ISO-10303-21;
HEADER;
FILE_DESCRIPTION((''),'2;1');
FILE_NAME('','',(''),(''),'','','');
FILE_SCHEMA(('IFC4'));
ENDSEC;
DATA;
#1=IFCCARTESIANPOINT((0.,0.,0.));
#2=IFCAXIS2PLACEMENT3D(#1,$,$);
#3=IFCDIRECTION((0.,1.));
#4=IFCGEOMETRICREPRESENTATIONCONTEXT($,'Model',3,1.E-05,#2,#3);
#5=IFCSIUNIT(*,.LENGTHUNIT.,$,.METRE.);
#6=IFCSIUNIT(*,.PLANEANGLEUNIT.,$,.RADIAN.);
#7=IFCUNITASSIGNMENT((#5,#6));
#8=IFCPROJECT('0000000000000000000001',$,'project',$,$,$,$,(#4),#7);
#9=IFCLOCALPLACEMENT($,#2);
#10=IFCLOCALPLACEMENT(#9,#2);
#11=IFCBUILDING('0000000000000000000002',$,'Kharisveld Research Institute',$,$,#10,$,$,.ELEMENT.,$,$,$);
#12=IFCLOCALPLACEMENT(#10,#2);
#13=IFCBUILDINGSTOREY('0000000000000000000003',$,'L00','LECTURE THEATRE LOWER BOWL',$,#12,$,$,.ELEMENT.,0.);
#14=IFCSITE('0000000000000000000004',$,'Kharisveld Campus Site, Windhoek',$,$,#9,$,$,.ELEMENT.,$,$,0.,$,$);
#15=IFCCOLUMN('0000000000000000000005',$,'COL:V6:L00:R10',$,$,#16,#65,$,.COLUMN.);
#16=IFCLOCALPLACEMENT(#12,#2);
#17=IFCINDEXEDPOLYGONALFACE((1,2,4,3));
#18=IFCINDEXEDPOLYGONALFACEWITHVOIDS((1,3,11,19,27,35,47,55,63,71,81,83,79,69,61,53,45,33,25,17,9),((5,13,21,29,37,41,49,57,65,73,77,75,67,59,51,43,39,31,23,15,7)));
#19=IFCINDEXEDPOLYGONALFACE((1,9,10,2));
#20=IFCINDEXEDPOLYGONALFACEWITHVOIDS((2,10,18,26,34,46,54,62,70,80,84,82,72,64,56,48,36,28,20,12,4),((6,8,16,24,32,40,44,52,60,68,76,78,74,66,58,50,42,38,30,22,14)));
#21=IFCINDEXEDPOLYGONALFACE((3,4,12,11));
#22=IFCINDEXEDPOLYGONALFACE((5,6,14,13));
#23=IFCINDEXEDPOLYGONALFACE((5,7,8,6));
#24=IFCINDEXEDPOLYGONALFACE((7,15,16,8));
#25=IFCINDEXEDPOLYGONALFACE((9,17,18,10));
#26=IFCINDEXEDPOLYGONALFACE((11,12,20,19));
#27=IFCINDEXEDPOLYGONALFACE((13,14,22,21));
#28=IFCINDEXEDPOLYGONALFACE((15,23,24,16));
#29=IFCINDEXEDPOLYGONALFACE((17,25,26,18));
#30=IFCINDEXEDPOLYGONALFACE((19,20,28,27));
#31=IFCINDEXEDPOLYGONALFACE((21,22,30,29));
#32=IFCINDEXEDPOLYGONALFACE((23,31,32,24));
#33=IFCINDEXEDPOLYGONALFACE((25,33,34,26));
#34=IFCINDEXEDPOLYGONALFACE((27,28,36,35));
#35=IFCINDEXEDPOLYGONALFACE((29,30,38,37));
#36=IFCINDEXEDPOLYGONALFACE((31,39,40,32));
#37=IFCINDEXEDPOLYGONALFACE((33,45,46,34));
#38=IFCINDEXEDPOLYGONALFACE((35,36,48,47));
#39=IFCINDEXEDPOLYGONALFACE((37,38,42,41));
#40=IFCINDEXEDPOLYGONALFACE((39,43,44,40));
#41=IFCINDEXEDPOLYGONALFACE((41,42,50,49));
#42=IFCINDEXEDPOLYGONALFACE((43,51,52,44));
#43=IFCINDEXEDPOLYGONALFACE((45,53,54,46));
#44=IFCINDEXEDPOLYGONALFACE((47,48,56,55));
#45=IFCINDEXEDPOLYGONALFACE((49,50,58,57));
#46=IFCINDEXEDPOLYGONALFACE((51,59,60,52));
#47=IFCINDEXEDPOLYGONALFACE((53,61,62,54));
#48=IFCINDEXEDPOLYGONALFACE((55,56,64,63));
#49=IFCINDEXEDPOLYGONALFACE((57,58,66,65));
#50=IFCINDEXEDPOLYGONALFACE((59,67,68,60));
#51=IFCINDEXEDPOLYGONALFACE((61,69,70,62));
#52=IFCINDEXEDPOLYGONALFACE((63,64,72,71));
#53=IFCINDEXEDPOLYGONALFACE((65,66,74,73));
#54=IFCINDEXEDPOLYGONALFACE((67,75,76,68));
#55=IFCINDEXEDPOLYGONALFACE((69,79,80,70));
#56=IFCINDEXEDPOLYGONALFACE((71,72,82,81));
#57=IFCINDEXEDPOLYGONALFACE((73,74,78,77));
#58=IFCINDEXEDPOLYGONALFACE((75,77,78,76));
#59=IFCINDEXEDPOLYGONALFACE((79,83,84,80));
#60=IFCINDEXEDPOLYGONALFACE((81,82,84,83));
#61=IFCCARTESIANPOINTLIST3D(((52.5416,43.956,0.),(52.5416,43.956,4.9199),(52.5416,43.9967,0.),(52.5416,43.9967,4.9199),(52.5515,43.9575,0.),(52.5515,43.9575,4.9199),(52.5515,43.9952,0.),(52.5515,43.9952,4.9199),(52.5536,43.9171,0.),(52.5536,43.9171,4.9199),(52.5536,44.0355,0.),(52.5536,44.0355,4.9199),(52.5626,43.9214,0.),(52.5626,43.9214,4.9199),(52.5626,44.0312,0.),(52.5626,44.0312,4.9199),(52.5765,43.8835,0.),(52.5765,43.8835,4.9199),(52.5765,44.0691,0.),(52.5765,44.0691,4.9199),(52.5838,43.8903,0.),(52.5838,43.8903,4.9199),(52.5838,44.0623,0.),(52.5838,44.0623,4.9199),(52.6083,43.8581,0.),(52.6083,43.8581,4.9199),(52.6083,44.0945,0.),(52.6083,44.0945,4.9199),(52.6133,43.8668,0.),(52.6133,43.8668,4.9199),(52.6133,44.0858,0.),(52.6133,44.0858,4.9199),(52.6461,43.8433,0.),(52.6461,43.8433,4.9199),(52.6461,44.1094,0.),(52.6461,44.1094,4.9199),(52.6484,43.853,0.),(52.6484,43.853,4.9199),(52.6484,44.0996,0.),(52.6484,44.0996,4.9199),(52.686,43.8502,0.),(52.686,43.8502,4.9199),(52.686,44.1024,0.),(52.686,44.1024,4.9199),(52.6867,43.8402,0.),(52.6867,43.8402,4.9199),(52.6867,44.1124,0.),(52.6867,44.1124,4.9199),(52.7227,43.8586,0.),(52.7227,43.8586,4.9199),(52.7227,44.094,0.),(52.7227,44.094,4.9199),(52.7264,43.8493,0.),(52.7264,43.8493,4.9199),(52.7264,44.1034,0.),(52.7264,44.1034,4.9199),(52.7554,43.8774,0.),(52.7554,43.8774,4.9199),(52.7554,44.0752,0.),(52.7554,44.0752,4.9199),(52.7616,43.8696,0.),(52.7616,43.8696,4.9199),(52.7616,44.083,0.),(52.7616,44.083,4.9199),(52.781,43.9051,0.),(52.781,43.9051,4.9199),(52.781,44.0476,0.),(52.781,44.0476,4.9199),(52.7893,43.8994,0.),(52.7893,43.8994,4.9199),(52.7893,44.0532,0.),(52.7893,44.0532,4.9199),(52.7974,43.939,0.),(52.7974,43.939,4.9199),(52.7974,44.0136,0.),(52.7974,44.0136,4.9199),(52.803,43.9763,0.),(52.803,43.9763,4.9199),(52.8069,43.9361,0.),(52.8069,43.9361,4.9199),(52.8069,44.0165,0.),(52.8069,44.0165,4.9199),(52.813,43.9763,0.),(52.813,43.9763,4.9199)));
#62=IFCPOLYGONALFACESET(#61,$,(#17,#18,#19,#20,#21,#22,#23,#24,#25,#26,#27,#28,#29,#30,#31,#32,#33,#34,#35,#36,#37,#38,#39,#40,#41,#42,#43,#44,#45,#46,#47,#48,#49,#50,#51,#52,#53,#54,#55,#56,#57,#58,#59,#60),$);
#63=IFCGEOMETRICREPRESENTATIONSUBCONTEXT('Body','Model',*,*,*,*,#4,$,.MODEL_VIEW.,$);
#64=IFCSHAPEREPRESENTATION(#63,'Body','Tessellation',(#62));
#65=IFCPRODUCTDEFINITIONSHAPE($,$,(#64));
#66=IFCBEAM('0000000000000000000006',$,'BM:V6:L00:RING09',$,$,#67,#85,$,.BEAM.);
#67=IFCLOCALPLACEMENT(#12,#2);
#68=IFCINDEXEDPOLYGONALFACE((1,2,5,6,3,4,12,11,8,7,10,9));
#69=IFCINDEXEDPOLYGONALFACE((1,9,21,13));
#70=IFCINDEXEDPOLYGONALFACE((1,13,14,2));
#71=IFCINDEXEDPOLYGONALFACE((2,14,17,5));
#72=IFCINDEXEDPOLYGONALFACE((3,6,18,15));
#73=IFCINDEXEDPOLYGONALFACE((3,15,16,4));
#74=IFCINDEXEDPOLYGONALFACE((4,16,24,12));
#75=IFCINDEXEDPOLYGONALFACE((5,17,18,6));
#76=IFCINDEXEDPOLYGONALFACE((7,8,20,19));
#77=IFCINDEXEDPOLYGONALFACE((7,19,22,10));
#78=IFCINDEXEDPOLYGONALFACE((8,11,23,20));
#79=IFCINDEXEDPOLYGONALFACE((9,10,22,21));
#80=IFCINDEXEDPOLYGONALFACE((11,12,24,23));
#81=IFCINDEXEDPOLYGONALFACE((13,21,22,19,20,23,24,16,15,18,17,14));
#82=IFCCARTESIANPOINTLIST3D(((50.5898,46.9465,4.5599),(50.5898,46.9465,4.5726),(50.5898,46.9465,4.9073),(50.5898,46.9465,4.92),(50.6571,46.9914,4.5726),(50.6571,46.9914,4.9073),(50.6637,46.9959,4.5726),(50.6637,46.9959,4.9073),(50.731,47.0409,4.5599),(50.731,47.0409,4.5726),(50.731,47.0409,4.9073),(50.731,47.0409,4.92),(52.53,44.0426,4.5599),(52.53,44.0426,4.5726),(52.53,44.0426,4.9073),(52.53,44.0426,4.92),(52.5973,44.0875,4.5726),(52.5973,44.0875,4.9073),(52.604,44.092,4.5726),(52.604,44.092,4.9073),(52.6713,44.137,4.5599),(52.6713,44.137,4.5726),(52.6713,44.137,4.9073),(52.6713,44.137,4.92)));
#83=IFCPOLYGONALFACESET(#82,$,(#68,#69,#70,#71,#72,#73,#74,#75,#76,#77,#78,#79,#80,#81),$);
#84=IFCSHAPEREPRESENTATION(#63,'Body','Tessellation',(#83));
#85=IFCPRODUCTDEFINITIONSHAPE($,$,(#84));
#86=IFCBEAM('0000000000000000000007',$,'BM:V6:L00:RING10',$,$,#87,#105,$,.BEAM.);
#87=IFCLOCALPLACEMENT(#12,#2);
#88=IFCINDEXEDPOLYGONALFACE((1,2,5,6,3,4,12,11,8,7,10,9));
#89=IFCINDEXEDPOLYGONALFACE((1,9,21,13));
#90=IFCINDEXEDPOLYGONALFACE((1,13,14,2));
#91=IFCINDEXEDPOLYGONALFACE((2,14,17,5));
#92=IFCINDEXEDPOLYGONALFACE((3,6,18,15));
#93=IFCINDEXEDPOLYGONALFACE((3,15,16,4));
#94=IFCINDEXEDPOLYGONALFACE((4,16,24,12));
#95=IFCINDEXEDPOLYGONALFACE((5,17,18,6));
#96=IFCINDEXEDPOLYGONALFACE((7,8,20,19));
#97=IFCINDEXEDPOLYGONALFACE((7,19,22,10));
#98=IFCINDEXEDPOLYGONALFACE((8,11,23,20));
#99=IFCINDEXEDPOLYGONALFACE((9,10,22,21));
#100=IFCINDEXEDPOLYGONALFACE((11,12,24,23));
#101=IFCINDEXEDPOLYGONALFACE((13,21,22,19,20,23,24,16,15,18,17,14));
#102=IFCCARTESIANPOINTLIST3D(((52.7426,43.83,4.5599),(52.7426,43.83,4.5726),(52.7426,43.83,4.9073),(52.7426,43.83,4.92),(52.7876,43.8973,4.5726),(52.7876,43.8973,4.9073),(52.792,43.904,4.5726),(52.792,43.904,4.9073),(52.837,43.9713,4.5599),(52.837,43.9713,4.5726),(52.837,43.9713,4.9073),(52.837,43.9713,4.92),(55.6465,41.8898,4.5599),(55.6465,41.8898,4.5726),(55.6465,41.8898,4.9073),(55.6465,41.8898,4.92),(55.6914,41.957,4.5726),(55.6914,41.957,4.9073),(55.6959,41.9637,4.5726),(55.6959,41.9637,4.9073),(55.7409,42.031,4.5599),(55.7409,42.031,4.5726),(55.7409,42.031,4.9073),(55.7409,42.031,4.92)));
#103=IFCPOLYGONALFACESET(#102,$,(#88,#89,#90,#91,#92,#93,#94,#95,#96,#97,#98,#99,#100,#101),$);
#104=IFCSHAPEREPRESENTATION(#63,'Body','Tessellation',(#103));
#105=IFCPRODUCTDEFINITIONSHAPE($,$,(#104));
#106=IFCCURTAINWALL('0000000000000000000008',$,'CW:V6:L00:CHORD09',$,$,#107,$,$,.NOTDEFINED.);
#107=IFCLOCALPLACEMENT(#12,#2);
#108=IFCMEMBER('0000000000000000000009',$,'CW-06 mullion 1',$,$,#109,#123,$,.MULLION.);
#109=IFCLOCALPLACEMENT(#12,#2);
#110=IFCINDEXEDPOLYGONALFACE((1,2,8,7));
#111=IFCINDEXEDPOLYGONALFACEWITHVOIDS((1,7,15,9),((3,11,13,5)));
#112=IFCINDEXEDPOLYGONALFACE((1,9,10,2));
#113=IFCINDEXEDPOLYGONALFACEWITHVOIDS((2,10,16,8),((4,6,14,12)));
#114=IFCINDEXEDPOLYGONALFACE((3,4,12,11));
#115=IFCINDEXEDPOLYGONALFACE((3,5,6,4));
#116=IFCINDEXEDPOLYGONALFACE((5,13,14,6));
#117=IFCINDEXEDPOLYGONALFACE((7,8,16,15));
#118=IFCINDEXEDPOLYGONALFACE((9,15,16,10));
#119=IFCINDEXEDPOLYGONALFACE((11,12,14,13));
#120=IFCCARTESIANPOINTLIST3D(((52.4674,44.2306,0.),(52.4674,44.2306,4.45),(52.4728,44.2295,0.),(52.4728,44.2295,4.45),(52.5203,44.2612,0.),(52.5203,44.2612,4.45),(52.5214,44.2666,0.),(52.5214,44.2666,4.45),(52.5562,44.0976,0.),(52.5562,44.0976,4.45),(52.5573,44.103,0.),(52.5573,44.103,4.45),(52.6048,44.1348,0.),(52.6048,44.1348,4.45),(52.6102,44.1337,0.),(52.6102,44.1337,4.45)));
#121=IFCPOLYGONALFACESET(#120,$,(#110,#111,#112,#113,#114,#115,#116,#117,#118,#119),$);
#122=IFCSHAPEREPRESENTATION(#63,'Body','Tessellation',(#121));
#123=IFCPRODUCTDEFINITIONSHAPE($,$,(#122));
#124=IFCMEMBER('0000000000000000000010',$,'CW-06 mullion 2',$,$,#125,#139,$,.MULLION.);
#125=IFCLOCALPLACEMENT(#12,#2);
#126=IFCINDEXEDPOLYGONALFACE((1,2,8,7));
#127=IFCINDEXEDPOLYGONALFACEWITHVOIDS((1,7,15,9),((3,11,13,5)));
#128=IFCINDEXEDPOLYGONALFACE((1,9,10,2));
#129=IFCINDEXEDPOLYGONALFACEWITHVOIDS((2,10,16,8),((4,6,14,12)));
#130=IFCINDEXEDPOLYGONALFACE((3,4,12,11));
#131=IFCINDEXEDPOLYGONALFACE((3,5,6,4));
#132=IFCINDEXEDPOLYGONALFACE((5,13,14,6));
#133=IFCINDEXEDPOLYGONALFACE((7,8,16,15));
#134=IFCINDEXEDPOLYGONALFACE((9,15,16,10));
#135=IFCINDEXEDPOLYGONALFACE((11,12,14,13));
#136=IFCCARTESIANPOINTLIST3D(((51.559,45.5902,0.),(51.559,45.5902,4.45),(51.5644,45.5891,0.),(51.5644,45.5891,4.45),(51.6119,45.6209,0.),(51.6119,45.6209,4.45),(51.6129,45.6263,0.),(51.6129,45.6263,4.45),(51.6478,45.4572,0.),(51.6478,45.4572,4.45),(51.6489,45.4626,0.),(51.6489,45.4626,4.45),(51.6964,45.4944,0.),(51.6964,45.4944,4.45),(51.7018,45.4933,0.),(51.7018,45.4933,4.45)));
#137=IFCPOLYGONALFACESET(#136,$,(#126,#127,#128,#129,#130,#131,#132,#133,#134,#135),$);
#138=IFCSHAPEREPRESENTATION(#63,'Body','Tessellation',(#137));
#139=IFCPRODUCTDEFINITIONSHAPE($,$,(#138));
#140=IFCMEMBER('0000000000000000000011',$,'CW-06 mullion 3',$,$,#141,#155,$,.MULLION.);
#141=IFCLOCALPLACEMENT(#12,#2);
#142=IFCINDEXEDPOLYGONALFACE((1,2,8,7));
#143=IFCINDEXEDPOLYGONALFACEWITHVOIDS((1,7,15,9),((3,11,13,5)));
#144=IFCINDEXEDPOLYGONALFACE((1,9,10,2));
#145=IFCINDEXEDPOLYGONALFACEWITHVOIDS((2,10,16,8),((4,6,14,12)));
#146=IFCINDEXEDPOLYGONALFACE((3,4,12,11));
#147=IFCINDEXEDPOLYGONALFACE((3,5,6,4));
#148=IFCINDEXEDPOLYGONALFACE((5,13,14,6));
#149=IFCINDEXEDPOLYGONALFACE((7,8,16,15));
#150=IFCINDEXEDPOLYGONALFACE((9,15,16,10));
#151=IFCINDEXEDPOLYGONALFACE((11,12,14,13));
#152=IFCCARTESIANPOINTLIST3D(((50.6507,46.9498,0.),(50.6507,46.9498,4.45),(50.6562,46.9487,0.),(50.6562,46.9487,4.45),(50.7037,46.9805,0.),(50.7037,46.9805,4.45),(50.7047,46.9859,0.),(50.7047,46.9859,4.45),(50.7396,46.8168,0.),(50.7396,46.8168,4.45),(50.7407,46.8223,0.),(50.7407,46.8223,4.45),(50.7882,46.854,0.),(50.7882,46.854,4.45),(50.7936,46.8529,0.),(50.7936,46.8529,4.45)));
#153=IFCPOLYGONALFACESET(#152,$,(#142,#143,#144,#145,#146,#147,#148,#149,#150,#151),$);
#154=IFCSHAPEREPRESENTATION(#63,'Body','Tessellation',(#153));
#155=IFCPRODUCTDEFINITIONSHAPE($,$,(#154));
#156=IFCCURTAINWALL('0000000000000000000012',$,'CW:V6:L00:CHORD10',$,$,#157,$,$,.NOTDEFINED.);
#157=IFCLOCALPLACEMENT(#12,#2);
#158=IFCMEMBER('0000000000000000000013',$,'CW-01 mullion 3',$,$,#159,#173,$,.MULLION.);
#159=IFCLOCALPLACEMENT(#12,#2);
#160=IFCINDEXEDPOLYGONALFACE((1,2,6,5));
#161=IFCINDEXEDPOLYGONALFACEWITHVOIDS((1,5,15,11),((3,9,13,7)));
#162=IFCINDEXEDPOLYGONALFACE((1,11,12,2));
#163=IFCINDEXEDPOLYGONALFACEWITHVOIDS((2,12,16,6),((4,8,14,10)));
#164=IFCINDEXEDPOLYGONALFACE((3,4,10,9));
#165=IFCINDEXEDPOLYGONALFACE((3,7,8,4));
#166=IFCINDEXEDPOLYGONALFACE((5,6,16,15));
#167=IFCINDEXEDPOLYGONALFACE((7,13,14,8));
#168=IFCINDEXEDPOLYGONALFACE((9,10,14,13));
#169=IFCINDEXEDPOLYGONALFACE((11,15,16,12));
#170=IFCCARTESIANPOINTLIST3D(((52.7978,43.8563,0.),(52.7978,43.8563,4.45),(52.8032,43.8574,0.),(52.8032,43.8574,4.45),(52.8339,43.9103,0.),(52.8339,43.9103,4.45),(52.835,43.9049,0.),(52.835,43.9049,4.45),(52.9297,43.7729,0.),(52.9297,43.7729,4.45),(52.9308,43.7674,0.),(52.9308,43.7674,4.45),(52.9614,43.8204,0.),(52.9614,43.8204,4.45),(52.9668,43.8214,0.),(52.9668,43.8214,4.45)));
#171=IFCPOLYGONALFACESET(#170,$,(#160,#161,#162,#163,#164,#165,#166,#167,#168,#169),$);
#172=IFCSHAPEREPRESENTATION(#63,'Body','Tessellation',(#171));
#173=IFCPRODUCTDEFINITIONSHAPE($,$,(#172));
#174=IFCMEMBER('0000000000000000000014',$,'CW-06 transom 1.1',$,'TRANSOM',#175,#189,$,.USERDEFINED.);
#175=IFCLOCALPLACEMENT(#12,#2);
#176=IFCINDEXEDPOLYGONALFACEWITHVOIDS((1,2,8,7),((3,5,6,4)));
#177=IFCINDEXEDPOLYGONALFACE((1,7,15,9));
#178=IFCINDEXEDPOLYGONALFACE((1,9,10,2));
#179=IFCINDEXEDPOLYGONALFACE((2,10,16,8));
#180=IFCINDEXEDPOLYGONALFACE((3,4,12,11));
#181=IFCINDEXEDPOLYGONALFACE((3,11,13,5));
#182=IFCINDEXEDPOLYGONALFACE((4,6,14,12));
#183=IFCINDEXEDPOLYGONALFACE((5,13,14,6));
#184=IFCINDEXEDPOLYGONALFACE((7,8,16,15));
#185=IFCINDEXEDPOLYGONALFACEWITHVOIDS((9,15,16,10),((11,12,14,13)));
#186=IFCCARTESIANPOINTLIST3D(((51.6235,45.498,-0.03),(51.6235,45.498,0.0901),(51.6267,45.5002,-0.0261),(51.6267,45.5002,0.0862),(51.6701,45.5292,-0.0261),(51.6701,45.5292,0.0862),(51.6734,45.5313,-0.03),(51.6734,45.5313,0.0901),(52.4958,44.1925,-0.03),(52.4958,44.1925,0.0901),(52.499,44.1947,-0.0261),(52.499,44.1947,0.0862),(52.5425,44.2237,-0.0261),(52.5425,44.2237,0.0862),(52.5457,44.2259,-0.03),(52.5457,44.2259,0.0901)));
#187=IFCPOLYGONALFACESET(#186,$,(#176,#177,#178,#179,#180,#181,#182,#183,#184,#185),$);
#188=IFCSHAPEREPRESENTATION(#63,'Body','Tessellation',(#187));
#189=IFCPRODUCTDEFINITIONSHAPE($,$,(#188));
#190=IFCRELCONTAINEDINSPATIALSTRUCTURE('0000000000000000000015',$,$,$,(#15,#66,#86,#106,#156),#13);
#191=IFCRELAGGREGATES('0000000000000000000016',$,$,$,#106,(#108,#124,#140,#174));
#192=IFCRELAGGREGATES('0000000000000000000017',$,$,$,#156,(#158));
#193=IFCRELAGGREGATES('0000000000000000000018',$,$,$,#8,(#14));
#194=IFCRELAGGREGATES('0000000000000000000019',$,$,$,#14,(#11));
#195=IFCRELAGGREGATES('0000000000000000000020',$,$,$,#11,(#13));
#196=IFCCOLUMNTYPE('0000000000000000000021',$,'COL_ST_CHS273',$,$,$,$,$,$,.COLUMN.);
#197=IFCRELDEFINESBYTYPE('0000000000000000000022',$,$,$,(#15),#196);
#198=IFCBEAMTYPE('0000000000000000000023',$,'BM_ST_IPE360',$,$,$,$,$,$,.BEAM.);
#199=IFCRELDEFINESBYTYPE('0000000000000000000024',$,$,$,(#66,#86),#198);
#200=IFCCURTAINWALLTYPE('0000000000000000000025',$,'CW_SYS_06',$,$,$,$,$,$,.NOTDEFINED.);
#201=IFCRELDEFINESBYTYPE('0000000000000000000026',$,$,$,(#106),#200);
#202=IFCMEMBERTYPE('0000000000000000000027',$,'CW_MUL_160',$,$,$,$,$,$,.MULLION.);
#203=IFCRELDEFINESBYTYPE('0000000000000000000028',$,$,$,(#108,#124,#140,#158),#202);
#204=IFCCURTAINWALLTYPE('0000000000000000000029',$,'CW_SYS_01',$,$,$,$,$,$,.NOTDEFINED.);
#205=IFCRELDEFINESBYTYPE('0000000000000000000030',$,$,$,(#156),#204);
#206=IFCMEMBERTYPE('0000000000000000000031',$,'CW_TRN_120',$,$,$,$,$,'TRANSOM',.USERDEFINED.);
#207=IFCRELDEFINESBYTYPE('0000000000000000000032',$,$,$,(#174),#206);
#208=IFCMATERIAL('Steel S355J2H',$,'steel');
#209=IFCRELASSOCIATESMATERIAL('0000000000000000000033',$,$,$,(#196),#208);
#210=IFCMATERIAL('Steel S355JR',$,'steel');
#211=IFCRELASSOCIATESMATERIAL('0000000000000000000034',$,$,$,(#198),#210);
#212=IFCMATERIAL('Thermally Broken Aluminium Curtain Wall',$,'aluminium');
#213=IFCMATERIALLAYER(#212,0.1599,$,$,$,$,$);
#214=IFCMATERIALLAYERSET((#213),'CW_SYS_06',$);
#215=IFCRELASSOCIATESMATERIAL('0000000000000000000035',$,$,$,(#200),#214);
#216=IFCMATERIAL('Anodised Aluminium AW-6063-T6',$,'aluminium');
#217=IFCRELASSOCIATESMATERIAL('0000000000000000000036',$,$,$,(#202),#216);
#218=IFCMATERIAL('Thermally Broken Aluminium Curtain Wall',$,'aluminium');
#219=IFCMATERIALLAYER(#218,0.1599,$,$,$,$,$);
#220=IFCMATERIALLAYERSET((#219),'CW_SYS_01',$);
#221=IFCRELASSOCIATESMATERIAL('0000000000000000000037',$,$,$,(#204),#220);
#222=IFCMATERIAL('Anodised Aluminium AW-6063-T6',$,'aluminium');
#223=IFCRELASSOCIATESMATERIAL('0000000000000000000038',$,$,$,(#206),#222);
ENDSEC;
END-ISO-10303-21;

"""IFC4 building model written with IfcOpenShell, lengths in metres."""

from ifc_helpers import new_model, si_unit, direction, frame, origin, origin_2d, place, context, subcontext, project, spatial, hollow_rectangle, hollow_circle, i_section, extrude, material, layer, layer_set, material_profile, profile_set, type_object, element, aggregate, save


model = new_model("IFC4")

# Units and contexts
model_context = context("Model", 3, precision=1e-05, world=origin(), true_north=direction((0.0, 1.0)))
body_context = subcontext(model_context, "Body", "Model", "MODEL_VIEW")
ifc_project = project(units=[si_unit("LENGTHUNIT", "METRE"), si_unit("PLANEANGLEUNIT", "RADIAN")], contexts=[model_context])

# Site, building, storey
site_placement = place(None, origin())
site = spatial("IfcSite", under=ifc_project, at=site_placement, Name="Kharisveld Campus Site, Windhoek", CompositionType="ELEMENT", RefElevation=0.0)
building_placement = place(site_placement, origin())
building = spatial("IfcBuilding", under=site, at=building_placement, Name="Kharisveld Research Institute", CompositionType="ELEMENT")
storey_placement = place(building_placement, origin())
storey = spatial("IfcBuildingStorey", under=building, at=storey_placement, Name="L00", Description="LECTURE THEATRE LOWER BOWL", CompositionType="ELEMENT", Elevation=0.0)

# Column
ifc_material_1 = material(Name="Steel S355J2H", Category="steel")
ifc_material_profile_1 = material_profile(ifc_material_1, hollow_circle(Radius=0.1365, WallThickness=0.01, at=origin_2d()))
ifc_profile_set_1 = profile_set([ifc_material_profile_1], Name="Steel S355J2H")
column_type = type_object("IfcColumnType", Name="COL_ST_CHS273", PredefinedType="COLUMN", material=ifc_profile_set_1)
column_placement = place(storey_placement, frame((52.6765, 43.9763, 0.0), z_axis=(0.0, 0.0, 1.0), x_axis=(1.0, 0.0, 0.0)))
element("IfcColumn", 1, at=column_placement, inside=storey, type_object=column_type, Name="COL:V6:L00:R10", PredefinedType="COLUMN", context=body_context, shape_type="SweptSolid", body=[
    extrude(hollow_circle(Radius=0.1365, WallThickness=0.01, at=origin_2d()), origin(), (0.0, 0.0, 1.0), 4.9199),
])

# Beams
ifc_material_2 = material(Name="Steel S355JR", Category="steel")
ifc_material_profile_2 = material_profile(ifc_material_2, i_section(OverallWidth=0.1699, OverallDepth=0.3601, WebThickness=0.0081, FlangeThickness=0.0127, at=origin_2d()))
ifc_profile_set_2 = profile_set([ifc_material_profile_2], Name="Steel S355JR")
beam_type = type_object("IfcBeamType", Name="BM_ST_IPE360", PredefinedType="BEAM", material=ifc_profile_set_2)
for number, where, z_axis, x_axis, name in (
    (2, (50.6604, 46.9937, 4.74), (0.555555, -0.83148, 0.0), (0.83148, 0.555555, 0.0), "BM:V6:L00:RING09"),
    (3, (52.7898, 43.9006, 4.74), (0.83148, -0.555555, 0.0), (0.555555, 0.83148, 0.0), "BM:V6:L00:RING10"),
):
    element("IfcBeam", number, at=place(storey_placement, frame(where, z_axis=z_axis, x_axis=x_axis)), inside=storey, type_object=beam_type, Name=name, PredefinedType="BEAM", context=body_context, shape_type="SweptSolid", body=[
        extrude(i_section(OverallWidth=0.1699, OverallDepth=0.3601, WebThickness=0.0081, FlangeThickness=0.0127, at=origin_2d()), origin(), (0.0, 0.0, 1.0), 3.4924),
    ])

# Curtain wall, members
ifc_material_3 = material(Name="Thermally Broken Aluminium Curtain Wall", Category="aluminium")
ifc_layer_1 = layer(ifc_material_3, 0.1599)
ifc_layer_set_1 = layer_set([ifc_layer_1], Name="CW_SYS_06")
curtain_wall_type_1 = type_object("IfcCurtainWallType", Name="CW_SYS_06", PredefinedType="NOTDEFINED", material=ifc_layer_set_1)
curtain_wall_1_placement = place(storey_placement, origin())
curtain_wall_1 = element("IfcCurtainWall", 4, at=curtain_wall_1_placement, inside=storey, type_object=curtain_wall_type_1, Name="CW:V6:L00:CHORD09", PredefinedType="NOTDEFINED")
ifc_material_4 = material(Name="Anodised Aluminium AW-6063-T6", Category="aluminium")
ifc_material_profile_3 = material_profile(ifc_material_4, hollow_rectangle(XDim=0.0649, YDim=0.1599, WallThickness=0.0039, at=origin_2d()))
ifc_profile_set_3 = profile_set([ifc_material_profile_3], Name="Anodised Aluminium AW-6063-T6")
member_type_1 = type_object("IfcMemberType", Name="CW_MUL_160", PredefinedType="MULLION", material=ifc_profile_set_3)
member_1_placement = place(storey_placement, frame((52.5388, 44.1821, 0.0), z_axis=(0.0, 0.0, 1.0), x_axis=(-0.83147, -0.55557, 0.0)))
member_1 = element("IfcMember", 5, at=member_1_placement, type_object=member_type_1, Name="CW-06 mullion 1", PredefinedType="MULLION", context=body_context, shape_type="SweptSolid", body=[
    extrude(hollow_rectangle(XDim=0.0649, YDim=0.1599, WallThickness=0.0039, at=origin_2d()), origin(), (0.0, 0.0, 1.0), 4.45),
])
member_2_placement = place(storey_placement, frame((51.6304, 45.5417, 0.0), z_axis=(0.0, 0.0, 1.0), x_axis=(-0.83147, -0.55557, 0.0)))
member_2 = element("IfcMember", 6, at=member_2_placement, type_object=member_type_1, Name="CW-06 mullion 2", PredefinedType="MULLION", context=body_context, shape_type="SweptSolid", body=[
    extrude(hollow_rectangle(XDim=0.0649, YDim=0.1599, WallThickness=0.0039, at=origin_2d()), origin(), (0.0, 0.0, 1.0), 4.45),
])
member_3_placement = place(storey_placement, frame((50.7222, 46.9014, 0.0), z_axis=(0.0, 0.0, 1.0), x_axis=(-0.83147, -0.55557, 0.0)))
member_3 = element("IfcMember", 7, at=member_3_placement, type_object=member_type_1, Name="CW-06 mullion 3", PredefinedType="MULLION", context=body_context, shape_type="SweptSolid", body=[
    extrude(hollow_rectangle(XDim=0.0649, YDim=0.1599, WallThickness=0.0039, at=origin_2d()), origin(), (0.0, 0.0, 1.0), 4.45),
])

# Curtain wall, member
ifc_material_5 = material(Name="Thermally Broken Aluminium Curtain Wall", Category="aluminium")
ifc_layer_2 = layer(ifc_material_5, 0.1599)
ifc_layer_set_2 = layer_set([ifc_layer_2], Name="CW_SYS_01")
curtain_wall_type_2 = type_object("IfcCurtainWallType", Name="CW_SYS_01", PredefinedType="NOTDEFINED", material=ifc_layer_set_2)
curtain_wall_2_placement = place(storey_placement, origin())
curtain_wall_2 = element("IfcCurtainWall", 8, at=curtain_wall_2_placement, inside=storey, type_object=curtain_wall_type_2, Name="CW:V6:L00:CHORD10", PredefinedType="NOTDEFINED")
member_4_placement = place(storey_placement, frame((52.8823, 43.8389, 0.0), z_axis=(0.0, 0.0, 1.0), x_axis=(-0.55557, -0.83147, 0.0)))
member_4 = element("IfcMember", 9, at=member_4_placement, type_object=member_type_1, Name="CW-01 mullion 3", PredefinedType="MULLION", context=body_context, shape_type="SweptSolid", body=[
    extrude(hollow_rectangle(XDim=0.0649, YDim=0.1599, WallThickness=0.0039, at=origin_2d()), origin(), (0.0, 0.0, 1.0), 4.45),
])

# Member
ifc_material_6 = material(Name="Anodised Aluminium AW-6063-T6", Category="aluminium")
ifc_material_profile_4 = material_profile(ifc_material_6, hollow_rectangle(XDim=0.0601, YDim=0.1201, WallThickness=0.0039, at=origin_2d()))
ifc_profile_set_4 = profile_set([ifc_material_profile_4], Name="Anodised Aluminium AW-6063-T6")
member_type_2 = type_object("IfcMemberType", Name="CW_TRN_120", ElementType="TRANSOM", PredefinedType="USERDEFINED", material=ifc_profile_set_4)
member_5_placement = place(storey_placement, frame((52.5208, 44.2092, 0.03), z_axis=(-0.555597, 0.831452, 0.0), x_axis=(-0.831452, -0.555597, 0.0)))
member_5 = element("IfcMember", 10, at=member_5_placement, type_object=member_type_2, Name="CW-06 transom 1.1", ObjectType="TRANSOM", PredefinedType="USERDEFINED", context=body_context, shape_type="SweptSolid", body=[
    extrude(hollow_rectangle(XDim=0.0601, YDim=0.1201, WallThickness=0.0039, at=origin_2d()), origin(), (0.0, 0.0, 1.0), 1.5701),
])

aggregate(curtain_wall_1, [member_1, member_2, member_3, member_5])
aggregate(curtain_wall_2, [member_4])

save(model, "model.ifc")
